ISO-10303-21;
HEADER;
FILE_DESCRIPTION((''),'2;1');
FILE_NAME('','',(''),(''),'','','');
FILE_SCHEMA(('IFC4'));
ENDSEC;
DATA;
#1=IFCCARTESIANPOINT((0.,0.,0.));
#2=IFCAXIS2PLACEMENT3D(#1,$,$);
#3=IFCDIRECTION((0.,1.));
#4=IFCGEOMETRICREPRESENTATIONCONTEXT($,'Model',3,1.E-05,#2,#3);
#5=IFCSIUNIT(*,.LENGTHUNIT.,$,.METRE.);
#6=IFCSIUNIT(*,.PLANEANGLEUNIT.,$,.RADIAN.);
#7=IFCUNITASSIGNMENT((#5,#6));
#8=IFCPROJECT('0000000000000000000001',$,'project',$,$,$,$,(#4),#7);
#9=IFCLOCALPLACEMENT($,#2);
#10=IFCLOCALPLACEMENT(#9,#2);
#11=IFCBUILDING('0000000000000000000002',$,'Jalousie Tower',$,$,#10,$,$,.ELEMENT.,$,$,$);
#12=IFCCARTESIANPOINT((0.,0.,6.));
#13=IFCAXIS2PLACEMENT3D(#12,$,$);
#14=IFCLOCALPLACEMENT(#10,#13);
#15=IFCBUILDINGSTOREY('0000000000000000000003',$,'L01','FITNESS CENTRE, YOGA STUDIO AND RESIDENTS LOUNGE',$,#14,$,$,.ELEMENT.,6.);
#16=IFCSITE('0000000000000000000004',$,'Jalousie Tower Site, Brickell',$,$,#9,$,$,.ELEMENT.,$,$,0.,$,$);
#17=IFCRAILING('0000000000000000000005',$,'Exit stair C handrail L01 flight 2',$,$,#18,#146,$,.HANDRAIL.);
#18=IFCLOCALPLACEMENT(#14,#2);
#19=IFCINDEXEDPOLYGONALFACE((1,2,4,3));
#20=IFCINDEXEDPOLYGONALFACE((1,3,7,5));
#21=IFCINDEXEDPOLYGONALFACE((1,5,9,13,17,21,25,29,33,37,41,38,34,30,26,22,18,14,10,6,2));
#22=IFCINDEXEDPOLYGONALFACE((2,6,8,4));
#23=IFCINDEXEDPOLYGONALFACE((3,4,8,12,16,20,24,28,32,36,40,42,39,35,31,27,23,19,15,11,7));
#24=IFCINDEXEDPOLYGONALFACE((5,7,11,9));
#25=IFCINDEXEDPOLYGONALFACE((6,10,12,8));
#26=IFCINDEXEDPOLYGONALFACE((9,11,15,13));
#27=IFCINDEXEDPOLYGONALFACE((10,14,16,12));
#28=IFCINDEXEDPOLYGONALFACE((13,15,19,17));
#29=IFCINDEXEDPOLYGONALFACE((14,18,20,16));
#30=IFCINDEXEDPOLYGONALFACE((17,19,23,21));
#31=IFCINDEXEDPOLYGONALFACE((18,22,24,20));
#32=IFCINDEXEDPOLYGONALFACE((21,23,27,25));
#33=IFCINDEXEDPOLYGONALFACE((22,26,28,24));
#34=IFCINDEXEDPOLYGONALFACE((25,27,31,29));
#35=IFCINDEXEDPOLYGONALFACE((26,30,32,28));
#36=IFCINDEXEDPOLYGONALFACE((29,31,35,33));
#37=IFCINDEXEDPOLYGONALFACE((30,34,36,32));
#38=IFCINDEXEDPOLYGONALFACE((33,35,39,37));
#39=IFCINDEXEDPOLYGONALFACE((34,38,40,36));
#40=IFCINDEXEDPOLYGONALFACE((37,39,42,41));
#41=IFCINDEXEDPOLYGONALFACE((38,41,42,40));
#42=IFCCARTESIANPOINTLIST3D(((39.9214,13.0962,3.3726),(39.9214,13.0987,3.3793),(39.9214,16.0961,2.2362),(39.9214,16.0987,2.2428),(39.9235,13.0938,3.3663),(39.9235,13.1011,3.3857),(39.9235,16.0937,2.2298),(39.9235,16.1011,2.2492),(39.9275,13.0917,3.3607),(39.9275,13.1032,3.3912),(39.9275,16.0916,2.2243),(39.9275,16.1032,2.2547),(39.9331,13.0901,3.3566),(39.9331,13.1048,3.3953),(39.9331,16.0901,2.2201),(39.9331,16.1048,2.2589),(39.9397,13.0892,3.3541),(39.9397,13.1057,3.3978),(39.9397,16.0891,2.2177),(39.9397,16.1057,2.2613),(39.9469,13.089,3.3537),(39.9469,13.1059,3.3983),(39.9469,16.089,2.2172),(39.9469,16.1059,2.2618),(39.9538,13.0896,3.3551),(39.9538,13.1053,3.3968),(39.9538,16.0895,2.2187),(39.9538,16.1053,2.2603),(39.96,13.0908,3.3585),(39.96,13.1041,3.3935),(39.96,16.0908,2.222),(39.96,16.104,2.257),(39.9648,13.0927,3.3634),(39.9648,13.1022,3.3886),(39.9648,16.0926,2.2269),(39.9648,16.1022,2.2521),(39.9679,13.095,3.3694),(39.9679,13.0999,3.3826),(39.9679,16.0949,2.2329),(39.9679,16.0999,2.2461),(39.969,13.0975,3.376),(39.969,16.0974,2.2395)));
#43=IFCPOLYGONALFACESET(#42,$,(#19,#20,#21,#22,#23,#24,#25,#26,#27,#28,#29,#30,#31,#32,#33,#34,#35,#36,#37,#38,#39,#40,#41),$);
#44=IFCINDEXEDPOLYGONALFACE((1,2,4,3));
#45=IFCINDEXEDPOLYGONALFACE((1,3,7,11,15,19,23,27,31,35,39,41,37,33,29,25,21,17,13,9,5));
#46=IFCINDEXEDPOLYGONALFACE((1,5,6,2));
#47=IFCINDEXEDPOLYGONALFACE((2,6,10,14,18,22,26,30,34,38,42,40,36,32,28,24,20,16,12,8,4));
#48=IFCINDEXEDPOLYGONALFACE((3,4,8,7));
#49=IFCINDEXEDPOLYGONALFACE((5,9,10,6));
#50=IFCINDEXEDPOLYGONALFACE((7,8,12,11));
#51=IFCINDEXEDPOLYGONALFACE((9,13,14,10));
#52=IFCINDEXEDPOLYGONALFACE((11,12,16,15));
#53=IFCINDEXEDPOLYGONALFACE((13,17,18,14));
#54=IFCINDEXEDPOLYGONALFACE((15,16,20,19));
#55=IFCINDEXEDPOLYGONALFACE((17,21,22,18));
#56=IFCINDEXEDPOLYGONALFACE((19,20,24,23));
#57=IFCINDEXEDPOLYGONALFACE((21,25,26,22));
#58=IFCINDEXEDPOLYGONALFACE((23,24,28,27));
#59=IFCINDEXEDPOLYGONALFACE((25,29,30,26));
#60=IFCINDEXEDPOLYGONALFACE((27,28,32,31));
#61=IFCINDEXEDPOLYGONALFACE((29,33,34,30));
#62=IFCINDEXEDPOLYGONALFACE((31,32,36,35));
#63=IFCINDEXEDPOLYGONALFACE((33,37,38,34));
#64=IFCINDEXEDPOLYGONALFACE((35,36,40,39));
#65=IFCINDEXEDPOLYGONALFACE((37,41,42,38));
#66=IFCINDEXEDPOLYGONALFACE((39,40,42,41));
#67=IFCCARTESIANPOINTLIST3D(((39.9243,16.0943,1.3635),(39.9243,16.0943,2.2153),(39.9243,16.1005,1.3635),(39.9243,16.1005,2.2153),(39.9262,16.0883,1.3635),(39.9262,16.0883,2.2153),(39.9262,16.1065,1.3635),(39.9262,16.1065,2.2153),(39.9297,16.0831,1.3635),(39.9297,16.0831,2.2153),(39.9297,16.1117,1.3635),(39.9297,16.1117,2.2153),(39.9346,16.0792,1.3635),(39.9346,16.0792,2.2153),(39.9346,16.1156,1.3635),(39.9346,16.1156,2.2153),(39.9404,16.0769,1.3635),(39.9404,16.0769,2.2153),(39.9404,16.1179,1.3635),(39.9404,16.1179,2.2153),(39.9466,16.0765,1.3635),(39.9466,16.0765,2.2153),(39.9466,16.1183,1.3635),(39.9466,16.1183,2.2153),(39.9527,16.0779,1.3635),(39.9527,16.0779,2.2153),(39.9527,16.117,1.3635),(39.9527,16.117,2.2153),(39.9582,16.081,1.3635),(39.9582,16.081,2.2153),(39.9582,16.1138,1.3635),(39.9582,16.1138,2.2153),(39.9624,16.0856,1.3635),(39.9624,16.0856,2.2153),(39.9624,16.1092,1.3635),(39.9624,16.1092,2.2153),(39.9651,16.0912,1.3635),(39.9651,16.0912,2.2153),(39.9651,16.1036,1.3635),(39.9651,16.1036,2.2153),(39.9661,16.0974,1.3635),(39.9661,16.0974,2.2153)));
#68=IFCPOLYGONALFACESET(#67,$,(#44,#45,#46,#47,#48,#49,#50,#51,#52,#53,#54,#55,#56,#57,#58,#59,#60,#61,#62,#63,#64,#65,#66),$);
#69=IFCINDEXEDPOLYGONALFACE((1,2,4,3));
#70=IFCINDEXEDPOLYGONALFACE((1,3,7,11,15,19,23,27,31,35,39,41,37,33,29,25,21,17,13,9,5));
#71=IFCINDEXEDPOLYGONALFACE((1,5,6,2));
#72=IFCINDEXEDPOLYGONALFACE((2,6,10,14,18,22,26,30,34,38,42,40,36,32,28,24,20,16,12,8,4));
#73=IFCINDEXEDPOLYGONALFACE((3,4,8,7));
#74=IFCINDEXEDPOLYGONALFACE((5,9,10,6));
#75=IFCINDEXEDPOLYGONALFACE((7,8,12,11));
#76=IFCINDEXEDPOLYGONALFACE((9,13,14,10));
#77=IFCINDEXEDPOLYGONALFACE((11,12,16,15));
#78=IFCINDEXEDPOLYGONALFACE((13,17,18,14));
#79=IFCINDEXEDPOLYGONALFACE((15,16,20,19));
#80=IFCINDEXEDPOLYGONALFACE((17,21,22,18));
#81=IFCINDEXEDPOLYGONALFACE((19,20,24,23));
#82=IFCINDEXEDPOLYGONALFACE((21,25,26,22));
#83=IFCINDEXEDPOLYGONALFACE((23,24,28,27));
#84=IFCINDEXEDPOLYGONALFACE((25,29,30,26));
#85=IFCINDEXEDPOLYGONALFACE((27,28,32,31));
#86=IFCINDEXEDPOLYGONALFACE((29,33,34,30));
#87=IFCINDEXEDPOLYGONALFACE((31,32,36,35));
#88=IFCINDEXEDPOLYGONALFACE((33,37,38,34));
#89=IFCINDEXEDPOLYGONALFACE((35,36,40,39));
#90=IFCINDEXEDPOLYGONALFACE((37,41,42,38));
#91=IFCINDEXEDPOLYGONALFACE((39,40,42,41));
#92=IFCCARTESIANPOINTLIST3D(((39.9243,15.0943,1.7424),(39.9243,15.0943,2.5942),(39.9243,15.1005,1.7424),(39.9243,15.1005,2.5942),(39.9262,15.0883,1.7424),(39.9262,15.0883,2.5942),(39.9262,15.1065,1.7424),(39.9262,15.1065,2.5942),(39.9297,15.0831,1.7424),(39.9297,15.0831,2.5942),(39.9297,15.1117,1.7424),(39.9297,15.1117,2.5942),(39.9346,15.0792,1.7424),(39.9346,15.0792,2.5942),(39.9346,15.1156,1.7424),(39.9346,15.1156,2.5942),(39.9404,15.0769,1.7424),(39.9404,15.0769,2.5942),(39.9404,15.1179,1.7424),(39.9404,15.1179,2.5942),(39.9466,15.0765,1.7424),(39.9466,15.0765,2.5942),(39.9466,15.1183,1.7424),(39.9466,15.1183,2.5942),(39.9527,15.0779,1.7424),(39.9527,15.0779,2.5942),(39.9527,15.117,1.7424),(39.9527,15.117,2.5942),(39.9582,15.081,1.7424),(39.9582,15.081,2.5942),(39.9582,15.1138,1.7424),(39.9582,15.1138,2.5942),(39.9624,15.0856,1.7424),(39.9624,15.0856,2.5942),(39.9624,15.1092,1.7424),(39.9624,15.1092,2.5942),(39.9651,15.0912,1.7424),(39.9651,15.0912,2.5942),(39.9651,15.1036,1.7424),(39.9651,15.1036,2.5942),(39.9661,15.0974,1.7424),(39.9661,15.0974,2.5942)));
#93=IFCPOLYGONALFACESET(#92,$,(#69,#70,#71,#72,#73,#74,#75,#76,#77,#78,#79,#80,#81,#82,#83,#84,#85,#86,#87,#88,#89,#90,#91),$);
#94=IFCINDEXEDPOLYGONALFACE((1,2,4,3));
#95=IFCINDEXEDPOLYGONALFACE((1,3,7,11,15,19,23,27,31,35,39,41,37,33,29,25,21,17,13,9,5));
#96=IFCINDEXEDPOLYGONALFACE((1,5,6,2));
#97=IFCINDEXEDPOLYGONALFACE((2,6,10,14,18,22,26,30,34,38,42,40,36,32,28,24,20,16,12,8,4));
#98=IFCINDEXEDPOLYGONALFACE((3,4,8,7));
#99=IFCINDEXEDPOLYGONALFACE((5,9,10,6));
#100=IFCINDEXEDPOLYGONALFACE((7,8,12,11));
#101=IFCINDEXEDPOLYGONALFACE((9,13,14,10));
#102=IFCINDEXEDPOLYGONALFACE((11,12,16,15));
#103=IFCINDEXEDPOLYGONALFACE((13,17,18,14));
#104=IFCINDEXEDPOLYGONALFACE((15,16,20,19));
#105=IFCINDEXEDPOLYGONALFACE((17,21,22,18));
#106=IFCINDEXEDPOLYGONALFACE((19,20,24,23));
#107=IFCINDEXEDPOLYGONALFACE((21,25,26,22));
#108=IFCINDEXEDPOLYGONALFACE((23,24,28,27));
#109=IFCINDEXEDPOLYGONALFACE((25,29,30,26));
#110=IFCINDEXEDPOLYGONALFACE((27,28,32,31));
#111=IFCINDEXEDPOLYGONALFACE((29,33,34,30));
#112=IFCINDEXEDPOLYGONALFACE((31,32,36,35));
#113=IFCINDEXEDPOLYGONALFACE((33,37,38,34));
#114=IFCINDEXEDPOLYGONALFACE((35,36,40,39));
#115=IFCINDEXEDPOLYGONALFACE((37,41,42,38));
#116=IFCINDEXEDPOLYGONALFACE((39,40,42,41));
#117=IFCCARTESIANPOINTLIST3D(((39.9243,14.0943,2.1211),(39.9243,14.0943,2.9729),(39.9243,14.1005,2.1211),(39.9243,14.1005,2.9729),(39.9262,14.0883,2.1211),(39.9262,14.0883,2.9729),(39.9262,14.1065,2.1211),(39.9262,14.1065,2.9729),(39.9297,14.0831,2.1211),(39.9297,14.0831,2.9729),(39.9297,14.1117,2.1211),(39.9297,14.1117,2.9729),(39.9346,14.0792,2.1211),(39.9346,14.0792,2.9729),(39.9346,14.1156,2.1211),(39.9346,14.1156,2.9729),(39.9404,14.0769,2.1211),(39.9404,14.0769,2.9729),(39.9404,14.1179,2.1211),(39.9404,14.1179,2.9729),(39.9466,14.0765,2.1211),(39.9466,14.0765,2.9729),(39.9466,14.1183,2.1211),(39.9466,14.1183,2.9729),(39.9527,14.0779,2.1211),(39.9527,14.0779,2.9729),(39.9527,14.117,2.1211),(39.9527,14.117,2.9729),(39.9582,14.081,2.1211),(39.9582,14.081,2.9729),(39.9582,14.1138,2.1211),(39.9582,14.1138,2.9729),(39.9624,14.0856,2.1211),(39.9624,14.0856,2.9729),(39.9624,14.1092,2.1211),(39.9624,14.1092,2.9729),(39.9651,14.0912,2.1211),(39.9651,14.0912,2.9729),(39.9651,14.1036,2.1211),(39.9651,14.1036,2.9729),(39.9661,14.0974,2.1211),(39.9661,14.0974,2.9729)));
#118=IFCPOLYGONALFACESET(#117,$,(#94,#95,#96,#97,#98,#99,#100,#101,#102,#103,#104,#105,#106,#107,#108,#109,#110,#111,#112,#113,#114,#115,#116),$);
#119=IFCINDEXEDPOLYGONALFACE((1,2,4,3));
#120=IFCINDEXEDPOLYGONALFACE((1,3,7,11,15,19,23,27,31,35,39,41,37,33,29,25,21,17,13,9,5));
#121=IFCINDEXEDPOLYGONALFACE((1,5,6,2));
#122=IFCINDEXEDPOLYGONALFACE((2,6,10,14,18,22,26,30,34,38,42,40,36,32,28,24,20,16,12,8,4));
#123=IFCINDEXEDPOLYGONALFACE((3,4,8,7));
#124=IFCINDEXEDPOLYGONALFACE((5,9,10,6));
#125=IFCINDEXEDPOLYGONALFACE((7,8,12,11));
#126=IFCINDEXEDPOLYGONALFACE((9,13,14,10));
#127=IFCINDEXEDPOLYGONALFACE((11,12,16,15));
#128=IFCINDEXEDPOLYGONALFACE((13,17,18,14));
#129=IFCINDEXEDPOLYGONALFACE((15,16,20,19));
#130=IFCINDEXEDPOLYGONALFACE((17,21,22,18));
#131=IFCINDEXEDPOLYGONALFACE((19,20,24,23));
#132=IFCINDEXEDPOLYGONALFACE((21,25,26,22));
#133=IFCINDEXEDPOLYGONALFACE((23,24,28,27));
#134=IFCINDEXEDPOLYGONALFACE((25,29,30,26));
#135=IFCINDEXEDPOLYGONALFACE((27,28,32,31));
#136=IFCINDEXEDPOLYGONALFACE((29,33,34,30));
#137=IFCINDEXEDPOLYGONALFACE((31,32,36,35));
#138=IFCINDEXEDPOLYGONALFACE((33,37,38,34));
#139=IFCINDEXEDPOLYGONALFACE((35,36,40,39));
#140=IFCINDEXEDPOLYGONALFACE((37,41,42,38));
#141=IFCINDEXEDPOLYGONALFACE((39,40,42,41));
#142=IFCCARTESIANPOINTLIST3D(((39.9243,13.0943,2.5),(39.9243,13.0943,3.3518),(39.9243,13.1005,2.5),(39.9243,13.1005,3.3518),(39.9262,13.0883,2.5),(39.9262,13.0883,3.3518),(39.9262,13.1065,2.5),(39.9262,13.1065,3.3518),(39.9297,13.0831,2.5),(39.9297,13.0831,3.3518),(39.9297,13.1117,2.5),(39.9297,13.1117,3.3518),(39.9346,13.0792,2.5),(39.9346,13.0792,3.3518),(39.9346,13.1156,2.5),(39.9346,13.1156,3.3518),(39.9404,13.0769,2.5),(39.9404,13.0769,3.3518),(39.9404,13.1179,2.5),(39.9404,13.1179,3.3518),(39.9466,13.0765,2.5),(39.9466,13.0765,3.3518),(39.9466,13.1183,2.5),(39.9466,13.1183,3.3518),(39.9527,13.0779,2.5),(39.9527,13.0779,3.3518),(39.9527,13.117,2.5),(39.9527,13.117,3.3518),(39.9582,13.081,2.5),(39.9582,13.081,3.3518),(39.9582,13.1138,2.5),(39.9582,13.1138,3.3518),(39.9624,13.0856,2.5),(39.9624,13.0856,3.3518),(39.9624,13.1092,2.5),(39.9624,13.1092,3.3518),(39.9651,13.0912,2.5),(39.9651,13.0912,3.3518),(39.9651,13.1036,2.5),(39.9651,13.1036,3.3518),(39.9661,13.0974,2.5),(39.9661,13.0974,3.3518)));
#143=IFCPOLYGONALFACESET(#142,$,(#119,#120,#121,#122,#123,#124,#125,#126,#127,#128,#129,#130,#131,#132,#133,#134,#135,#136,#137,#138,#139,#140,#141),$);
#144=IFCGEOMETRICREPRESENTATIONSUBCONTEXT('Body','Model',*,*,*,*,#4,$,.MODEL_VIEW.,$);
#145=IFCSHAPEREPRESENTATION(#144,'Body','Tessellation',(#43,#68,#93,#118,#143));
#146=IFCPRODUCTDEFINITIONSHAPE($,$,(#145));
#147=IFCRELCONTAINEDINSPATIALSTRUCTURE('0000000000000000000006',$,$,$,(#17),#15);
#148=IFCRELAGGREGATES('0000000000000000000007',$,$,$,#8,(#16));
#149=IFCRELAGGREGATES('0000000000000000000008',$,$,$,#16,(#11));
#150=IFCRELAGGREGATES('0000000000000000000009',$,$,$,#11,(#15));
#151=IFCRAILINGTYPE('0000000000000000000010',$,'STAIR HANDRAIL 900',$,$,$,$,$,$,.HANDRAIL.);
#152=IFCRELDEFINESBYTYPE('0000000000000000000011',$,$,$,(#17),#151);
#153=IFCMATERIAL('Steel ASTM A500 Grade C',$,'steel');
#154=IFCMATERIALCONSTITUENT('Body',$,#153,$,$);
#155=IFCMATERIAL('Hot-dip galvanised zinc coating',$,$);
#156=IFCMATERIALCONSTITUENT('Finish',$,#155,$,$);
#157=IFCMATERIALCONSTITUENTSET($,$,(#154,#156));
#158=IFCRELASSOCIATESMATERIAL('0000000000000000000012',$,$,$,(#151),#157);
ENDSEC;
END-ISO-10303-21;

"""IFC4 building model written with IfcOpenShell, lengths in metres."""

from ifc_helpers import new_model, si_unit, direction, frame, origin, origin_2d, place, context, subcontext, project, spatial, circle, extrude, material, constituent, constituent_set, type_object, element, save


model = new_model("IFC4")

# Units and contexts
model_context = context("Model", 3, precision=1e-05, world=origin(), true_north=direction((0.0, 1.0)))
body_context = subcontext(model_context, "Body", "Model", "MODEL_VIEW")
ifc_project = project(units=[si_unit("LENGTHUNIT", "METRE"), si_unit("PLANEANGLEUNIT", "RADIAN")], contexts=[model_context])

# Site, building, storey
site_placement = place(None, origin())
site = spatial("IfcSite", under=ifc_project, at=site_placement, Name="Jalousie Tower Site, Brickell", CompositionType="ELEMENT", RefElevation=0.0)
building_placement = place(site_placement, origin())
building = spatial("IfcBuilding", under=site, at=building_placement, Name="Jalousie Tower", CompositionType="ELEMENT")
storey_placement = place(building_placement, frame((0.0, 0.0, 6.0)))
storey = spatial("IfcBuildingStorey", under=building, at=storey_placement, Name="L01", Description="FITNESS CENTRE, YOGA STUDIO AND RESIDENTS LOUNGE", CompositionType="ELEMENT", Elevation=6.0)

# Railing
ifc_material_1 = material(Name="Steel ASTM A500 Grade C", Category="steel")
ifc_constituent_1 = constituent(ifc_material_1, Name="Body")
ifc_material_2 = material(Name="Hot-dip galvanised zinc coating")
ifc_constituent_2 = constituent(ifc_material_2, Name="Finish")
ifc_constituent_set_1 = constituent_set(constituents=[ifc_constituent_1, ifc_constituent_2])
railing_type_1 = type_object("IfcRailingType", Name="STAIR HANDRAIL 900", PredefinedType="HANDRAIL", material=ifc_constituent_set_1)
for number, where, name in (
    (1, (39.9451, 16.0974, 1.3635), "Exit stair C handrail L01 flight 2"),
):
    element("IfcRailing", number, at=place(storey_placement, frame(where)), inside=storey, type_object=railing_type_1, Name=name, PredefinedType="HANDRAIL", context=body_context, shape_type="SweptSolid", body=[
        extrude(circle(Radius=0.0239, at=origin_2d()), frame((0.0, 0.0, 0.876), z_axis=(0.0, -0.935148, 0.354257), x_axis=(1.0, 0.0, 0.0)), (0.0, 0.0, 1.0), 3.208),
        extrude(circle(Radius=0.021, at=origin_2d()), origin(), (0.0, 0.0, 1.0), 0.8518),
        extrude(circle(Radius=0.021, at=origin_2d()), frame((0.0, -1.0, 0.3789)), (0.0, 0.0, 1.0), 0.8518),
        extrude(circle(Radius=0.021, at=origin_2d()), frame((0.0, -2.0, 0.7576)), (0.0, 0.0, 1.0), 0.8518),
        extrude(circle(Radius=0.021, at=origin_2d()), frame((0.0, -3.0, 1.1365)), (0.0, 0.0, 1.0), 0.8518),
    ])

save(model, "model.ifc")
